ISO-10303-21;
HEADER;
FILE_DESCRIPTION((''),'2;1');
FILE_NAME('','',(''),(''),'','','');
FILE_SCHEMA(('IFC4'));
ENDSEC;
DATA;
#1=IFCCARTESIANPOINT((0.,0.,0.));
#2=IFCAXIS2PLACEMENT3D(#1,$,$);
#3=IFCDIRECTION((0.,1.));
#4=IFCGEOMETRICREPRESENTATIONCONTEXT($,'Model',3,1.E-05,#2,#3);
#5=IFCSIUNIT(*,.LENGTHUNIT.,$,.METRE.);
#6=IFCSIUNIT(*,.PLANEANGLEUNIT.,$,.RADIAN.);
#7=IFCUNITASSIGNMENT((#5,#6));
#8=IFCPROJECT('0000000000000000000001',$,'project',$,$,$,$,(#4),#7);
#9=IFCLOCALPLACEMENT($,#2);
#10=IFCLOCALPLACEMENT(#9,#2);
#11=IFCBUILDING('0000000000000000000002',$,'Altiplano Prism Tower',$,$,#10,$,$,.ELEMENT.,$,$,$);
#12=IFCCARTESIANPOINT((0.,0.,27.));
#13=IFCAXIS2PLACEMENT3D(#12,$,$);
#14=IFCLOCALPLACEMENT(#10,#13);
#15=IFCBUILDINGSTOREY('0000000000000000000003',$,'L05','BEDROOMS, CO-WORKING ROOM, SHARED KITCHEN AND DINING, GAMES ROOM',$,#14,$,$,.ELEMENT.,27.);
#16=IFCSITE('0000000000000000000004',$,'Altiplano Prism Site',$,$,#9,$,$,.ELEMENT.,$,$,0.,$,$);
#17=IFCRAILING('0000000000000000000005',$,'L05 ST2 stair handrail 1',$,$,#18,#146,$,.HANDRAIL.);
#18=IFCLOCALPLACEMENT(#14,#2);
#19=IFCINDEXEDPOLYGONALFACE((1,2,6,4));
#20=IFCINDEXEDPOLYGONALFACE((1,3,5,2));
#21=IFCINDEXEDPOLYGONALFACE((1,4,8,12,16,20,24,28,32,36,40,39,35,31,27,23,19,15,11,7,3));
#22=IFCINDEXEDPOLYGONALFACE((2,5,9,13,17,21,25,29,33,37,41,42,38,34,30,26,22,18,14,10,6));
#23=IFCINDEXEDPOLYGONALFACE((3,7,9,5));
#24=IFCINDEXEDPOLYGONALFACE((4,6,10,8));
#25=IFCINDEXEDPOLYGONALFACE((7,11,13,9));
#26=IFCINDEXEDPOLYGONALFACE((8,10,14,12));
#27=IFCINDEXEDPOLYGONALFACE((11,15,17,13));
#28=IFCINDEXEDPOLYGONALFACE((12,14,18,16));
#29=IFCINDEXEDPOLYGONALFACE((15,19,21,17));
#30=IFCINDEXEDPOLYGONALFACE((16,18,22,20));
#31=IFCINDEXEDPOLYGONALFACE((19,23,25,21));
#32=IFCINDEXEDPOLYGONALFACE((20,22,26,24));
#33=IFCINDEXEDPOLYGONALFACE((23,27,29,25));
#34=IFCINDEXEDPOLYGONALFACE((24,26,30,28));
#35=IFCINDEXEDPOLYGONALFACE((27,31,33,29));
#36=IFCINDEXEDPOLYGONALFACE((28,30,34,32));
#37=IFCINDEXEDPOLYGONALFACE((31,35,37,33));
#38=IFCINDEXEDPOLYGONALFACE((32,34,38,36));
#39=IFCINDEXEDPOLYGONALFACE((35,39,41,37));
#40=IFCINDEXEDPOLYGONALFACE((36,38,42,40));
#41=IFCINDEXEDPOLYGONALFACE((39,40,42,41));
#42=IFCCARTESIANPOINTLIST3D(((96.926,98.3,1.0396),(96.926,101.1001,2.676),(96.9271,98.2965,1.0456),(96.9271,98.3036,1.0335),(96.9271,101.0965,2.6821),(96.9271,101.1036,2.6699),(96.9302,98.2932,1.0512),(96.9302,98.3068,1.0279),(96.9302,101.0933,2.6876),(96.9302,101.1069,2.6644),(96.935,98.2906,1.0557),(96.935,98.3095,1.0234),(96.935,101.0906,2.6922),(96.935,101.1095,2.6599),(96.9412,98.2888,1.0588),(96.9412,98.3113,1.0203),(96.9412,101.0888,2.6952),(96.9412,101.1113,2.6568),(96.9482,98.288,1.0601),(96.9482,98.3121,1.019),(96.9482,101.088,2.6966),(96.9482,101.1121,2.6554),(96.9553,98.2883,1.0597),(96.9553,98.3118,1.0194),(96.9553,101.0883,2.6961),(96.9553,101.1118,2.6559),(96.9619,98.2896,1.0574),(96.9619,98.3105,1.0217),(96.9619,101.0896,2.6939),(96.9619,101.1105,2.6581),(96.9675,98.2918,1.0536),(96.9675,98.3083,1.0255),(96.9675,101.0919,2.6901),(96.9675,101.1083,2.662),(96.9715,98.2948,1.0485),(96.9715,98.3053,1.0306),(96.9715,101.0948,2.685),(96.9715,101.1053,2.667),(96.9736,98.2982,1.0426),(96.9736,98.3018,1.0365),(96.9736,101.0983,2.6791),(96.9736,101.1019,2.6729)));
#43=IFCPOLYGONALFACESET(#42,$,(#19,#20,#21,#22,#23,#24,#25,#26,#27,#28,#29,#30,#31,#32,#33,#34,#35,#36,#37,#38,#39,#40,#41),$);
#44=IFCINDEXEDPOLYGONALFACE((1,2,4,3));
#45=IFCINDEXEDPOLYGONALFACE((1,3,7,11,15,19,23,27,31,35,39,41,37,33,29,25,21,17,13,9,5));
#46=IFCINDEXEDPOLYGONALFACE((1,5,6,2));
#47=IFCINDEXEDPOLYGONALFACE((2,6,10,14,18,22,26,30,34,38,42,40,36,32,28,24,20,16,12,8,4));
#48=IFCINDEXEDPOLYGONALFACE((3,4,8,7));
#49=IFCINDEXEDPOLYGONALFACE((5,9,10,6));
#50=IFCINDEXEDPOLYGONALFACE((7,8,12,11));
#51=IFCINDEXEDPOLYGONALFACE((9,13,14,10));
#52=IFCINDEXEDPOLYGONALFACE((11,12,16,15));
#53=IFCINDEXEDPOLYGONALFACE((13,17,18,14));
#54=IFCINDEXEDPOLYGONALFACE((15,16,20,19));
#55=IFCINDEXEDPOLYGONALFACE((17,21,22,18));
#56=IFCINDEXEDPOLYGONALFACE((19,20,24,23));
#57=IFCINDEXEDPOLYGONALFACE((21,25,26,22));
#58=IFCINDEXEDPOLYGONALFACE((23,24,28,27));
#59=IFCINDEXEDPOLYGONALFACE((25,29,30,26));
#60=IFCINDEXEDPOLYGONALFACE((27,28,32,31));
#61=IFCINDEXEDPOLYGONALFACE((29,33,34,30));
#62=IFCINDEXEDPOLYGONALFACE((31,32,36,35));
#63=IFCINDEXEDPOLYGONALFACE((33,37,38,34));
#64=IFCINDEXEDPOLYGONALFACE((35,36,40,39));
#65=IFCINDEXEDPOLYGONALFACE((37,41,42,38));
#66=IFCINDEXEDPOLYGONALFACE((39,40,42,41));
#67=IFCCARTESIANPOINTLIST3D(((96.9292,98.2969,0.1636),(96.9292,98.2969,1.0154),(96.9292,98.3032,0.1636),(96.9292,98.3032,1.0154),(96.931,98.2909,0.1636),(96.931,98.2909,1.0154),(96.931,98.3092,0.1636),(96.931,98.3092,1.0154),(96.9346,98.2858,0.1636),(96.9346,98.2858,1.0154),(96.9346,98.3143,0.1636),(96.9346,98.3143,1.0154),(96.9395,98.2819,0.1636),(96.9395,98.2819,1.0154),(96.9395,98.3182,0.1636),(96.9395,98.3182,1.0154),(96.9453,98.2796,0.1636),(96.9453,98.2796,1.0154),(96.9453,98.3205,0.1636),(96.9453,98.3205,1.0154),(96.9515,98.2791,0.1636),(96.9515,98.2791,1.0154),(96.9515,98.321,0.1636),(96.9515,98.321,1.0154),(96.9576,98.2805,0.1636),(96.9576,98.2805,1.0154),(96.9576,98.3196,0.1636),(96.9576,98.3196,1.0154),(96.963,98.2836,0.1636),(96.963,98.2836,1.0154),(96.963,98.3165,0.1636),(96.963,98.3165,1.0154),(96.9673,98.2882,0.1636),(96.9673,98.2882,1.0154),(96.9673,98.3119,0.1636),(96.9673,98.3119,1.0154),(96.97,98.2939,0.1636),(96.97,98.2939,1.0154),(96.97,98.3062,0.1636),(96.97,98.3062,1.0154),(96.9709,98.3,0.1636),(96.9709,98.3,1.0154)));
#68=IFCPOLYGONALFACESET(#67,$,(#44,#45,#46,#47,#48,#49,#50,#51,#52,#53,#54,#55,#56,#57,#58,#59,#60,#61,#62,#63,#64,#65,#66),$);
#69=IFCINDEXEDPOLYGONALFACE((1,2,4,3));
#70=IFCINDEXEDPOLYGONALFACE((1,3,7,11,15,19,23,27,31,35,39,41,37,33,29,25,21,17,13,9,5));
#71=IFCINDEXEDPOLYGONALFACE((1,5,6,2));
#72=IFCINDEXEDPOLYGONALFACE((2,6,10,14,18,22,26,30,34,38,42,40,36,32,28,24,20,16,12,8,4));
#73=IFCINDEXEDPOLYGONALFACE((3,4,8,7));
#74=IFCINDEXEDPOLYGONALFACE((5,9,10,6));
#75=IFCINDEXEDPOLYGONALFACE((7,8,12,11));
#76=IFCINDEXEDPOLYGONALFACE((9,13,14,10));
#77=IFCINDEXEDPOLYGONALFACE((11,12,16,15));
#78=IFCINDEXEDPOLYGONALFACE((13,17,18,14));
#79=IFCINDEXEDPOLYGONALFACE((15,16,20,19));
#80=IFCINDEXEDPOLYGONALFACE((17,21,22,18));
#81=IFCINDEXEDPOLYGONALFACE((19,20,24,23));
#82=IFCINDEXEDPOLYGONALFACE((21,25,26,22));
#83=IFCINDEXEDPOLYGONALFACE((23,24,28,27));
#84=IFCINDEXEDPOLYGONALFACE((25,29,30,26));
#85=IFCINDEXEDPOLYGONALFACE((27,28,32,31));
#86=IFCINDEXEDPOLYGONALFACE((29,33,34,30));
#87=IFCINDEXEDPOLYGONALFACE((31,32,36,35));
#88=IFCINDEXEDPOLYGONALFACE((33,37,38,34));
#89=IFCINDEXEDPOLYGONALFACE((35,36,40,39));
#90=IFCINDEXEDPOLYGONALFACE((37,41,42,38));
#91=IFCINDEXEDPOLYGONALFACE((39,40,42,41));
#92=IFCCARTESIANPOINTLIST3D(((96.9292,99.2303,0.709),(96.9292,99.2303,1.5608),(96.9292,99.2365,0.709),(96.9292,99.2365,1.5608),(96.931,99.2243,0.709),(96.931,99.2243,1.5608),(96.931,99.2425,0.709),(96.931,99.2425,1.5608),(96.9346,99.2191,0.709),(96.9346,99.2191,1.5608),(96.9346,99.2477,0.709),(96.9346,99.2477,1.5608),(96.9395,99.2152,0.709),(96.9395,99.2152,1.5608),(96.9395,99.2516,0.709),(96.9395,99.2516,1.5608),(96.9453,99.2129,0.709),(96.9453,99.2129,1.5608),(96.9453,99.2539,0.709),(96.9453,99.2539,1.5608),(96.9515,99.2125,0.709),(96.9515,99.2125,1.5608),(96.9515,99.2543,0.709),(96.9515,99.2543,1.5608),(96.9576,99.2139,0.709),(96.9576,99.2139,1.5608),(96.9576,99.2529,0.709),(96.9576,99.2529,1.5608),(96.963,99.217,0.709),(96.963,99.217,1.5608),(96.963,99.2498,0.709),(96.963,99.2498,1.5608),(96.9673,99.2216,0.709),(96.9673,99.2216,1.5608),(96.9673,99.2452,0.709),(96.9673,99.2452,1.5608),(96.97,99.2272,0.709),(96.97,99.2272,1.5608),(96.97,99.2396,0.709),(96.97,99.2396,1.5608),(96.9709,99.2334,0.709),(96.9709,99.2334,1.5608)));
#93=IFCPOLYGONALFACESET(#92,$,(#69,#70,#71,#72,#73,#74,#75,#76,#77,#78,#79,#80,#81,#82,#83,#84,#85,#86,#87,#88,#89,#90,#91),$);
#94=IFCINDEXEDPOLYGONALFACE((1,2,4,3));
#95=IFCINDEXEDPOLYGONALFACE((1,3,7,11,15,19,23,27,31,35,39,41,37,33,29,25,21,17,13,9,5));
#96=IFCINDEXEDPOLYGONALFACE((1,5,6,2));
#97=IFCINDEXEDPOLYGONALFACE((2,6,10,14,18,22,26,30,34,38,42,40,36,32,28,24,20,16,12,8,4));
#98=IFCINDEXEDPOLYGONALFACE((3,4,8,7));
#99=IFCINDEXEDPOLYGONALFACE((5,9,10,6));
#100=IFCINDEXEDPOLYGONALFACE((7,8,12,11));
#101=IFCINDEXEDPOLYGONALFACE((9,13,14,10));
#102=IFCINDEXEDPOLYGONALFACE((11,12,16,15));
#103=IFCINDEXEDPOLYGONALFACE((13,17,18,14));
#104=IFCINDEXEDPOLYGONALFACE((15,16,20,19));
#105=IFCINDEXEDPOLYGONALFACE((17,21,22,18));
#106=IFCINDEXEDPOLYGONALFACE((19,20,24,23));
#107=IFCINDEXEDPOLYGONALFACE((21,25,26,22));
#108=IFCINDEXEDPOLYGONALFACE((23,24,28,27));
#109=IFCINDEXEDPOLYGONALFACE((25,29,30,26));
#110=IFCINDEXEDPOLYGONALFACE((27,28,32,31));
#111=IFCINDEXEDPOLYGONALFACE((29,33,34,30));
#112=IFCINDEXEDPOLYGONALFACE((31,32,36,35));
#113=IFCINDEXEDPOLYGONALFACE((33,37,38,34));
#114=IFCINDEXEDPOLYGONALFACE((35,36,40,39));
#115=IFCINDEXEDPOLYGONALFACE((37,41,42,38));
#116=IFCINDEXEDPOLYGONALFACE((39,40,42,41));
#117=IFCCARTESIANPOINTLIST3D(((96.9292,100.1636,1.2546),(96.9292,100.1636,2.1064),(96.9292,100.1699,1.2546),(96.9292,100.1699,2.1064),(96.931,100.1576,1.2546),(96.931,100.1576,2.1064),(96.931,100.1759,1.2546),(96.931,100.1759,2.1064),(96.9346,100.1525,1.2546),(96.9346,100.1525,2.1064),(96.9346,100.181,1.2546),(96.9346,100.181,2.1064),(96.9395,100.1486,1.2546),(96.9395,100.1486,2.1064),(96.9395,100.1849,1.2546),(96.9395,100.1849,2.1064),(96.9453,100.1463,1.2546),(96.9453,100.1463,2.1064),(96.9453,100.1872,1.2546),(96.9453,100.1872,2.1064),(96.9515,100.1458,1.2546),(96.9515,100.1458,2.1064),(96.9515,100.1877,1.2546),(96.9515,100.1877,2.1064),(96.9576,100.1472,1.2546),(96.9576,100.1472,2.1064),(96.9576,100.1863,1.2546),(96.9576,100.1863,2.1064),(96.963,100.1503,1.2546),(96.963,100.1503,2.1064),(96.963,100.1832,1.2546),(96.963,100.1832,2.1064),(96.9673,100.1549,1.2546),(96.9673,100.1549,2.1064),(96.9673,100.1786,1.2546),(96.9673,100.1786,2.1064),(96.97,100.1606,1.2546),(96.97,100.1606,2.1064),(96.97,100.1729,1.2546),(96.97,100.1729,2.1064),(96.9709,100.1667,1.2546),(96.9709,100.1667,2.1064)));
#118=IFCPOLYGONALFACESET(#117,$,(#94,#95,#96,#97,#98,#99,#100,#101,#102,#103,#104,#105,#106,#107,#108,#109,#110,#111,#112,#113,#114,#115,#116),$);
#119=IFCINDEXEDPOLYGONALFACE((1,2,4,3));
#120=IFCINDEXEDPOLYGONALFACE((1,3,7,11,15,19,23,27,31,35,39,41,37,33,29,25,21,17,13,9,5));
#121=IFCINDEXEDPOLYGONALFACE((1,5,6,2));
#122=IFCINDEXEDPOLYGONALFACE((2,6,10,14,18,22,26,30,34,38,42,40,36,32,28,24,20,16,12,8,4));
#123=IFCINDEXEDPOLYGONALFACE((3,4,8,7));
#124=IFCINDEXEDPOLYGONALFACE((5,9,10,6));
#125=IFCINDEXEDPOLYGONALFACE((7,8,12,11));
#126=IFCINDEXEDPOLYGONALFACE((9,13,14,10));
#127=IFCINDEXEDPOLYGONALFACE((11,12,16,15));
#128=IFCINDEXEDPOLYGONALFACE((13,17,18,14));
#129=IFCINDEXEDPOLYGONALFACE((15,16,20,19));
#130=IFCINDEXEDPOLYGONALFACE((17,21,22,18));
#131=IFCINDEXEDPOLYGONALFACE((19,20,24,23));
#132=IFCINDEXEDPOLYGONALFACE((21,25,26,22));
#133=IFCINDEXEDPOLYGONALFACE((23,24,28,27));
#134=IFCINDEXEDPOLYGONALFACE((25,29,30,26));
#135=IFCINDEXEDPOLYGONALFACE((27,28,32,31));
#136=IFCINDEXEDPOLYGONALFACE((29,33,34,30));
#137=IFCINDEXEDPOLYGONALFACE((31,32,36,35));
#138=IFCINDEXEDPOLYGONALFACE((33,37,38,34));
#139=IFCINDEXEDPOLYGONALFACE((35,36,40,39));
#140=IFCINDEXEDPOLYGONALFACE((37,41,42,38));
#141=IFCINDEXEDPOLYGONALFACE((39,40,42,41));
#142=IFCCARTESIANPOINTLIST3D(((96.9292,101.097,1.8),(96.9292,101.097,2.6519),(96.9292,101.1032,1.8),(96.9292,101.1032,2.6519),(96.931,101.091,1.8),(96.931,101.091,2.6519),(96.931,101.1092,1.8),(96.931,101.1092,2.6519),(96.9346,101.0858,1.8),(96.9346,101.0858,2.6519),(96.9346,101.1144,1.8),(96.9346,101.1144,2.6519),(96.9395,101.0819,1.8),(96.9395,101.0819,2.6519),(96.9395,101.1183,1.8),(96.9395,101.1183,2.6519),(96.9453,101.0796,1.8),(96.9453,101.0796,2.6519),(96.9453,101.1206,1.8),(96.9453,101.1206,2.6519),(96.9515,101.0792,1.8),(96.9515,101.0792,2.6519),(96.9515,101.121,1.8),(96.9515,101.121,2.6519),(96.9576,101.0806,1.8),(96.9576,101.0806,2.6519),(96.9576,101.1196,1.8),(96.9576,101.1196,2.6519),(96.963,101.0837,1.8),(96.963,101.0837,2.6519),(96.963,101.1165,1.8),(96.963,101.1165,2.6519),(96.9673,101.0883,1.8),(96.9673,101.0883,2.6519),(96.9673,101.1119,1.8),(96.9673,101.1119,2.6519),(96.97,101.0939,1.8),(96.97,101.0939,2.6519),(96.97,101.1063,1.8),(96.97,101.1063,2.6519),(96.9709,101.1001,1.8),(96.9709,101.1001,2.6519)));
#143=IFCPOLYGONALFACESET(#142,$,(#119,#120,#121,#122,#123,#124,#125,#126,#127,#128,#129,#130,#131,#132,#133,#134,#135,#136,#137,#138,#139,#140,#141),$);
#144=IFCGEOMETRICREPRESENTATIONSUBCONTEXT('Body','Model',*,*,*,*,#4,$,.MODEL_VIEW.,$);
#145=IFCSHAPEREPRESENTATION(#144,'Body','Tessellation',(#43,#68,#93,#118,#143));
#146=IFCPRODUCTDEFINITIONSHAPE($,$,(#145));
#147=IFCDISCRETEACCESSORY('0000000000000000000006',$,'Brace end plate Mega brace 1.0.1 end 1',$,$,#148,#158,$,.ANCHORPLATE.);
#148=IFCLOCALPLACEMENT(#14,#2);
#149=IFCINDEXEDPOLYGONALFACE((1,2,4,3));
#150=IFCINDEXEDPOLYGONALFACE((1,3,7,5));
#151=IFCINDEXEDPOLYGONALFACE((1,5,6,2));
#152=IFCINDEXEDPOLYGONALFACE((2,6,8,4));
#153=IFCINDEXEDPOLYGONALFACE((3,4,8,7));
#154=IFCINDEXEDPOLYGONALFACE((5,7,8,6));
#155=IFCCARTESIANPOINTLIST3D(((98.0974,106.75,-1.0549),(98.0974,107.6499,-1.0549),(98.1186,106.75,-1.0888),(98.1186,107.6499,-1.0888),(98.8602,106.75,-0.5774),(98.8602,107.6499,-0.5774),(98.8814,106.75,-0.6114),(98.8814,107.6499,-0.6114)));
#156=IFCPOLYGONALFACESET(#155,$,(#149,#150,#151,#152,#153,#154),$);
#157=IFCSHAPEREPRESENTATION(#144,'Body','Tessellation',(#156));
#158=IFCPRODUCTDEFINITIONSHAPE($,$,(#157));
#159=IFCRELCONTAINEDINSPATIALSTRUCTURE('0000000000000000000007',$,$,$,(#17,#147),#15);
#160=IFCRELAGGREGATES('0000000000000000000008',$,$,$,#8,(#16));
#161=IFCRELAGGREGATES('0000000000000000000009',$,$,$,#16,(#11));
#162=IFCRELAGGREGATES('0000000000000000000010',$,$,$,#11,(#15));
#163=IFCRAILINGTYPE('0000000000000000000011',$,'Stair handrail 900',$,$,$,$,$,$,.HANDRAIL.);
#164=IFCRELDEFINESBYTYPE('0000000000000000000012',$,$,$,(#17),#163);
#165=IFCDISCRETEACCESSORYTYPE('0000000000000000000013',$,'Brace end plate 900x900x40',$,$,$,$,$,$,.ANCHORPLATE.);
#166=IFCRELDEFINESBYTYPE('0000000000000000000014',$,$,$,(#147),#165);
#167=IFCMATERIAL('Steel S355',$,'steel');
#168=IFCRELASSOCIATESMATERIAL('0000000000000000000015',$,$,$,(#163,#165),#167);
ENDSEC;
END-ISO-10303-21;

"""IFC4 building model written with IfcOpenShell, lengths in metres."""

from ifc_helpers import new_model, si_unit, direction, frame, origin, origin_2d, place, context, subcontext, project, spatial, rectangle, circle, extrude, material, material_profile, profile_set, type_object, element, save


model = new_model("IFC4")

# Units and contexts
model_context = context("Model", 3, precision=1e-05, world=origin(), true_north=direction((0.0, 1.0)))
body_context = subcontext(model_context, "Body", "Model", "MODEL_VIEW")
ifc_project = project(units=[si_unit("LENGTHUNIT", "METRE"), si_unit("PLANEANGLEUNIT", "RADIAN")], contexts=[model_context])

# Site, building, storey
site_placement = place(None, origin())
site = spatial("IfcSite", under=ifc_project, at=site_placement, Name="Altiplano Prism Site", CompositionType="ELEMENT", RefElevation=0.0)
building_placement = place(site_placement, origin())
building = spatial("IfcBuilding", under=site, at=building_placement, Name="Altiplano Prism Tower", CompositionType="ELEMENT")
storey_placement = place(building_placement, frame((0.0, 0.0, 27.0)))
storey = spatial("IfcBuildingStorey", under=building, at=storey_placement, Name="L05", Description="BEDROOMS, CO-WORKING ROOM, SHARED KITCHEN AND DINING, GAMES ROOM", CompositionType="ELEMENT", Elevation=27.0)

# Shared definitions
ifc_material_1 = material(Name="Steel S355", Category="steel")

# Railing
railing_type = type_object("IfcRailingType", Name="Stair handrail 900", PredefinedType="HANDRAIL", material=ifc_material_1)
railing_placement = place(storey_placement, frame((96.95, 98.3, 0.1636)))
element("IfcRailing", 1, at=railing_placement, inside=storey, type_object=railing_type, Name="L05 ST2 stair handrail 1", PredefinedType="HANDRAIL", context=body_context, shape_type="SweptSolid", body=[
    extrude(circle(Radius=0.0239, at=origin_2d()), frame((0.0, 0.0, 0.876), z_axis=(0.0, 0.863361, 0.504587), x_axis=(-1.0, 0.0, 0.0)), (0.0, 0.0, 1.0), 3.2432),
    extrude(circle(Radius=0.021, at=origin_2d()), origin(), (0.0, 0.0, 1.0), 0.8518),
    extrude(circle(Radius=0.021, at=origin_2d()), frame((0.0, 0.9333, 0.5454)), (0.0, 0.0, 1.0), 0.8518),
    extrude(circle(Radius=0.021, at=origin_2d()), frame((0.0, 1.8667, 1.0911)), (0.0, 0.0, 1.0), 0.8518),
    extrude(circle(Radius=0.021, at=origin_2d()), frame((0.0, 2.8, 1.6365)), (0.0, 0.0, 1.0), 0.8518),
])

# Discrete accessory
ifc_material_profile_1 = material_profile(ifc_material_1, rectangle(XDim=0.8999, YDim=0.8999, at=origin_2d()), Name="Brace end plate 900x900x40")
ifc_profile_set_1 = profile_set([ifc_material_profile_1], Name="Steel S355")
discrete_accessory_type = type_object("IfcDiscreteAccessoryType", Name="Brace end plate 900x900x40", PredefinedType="ANCHORPLATE", material=ifc_profile_set_1)
discrete_accessory_placement = place(storey_placement, frame((98.5, 107.2, -0.8501), z_axis=(-0.530547, 0.0, 0.847656), x_axis=(0.0, -1.0, 0.0)))
element("IfcDiscreteAccessory", 2, at=discrete_accessory_placement, inside=storey, type_object=discrete_accessory_type, Name="Brace end plate Mega brace 1.0.1 end 1", PredefinedType="ANCHORPLATE", context=body_context, shape_type="SweptSolid", body=[
    extrude(rectangle(XDim=0.8999, YDim=0.8999, at=origin_2d()), origin(), (0.0, 0.0, 1.0), 0.04),
])

save(model, "model.ifc")
